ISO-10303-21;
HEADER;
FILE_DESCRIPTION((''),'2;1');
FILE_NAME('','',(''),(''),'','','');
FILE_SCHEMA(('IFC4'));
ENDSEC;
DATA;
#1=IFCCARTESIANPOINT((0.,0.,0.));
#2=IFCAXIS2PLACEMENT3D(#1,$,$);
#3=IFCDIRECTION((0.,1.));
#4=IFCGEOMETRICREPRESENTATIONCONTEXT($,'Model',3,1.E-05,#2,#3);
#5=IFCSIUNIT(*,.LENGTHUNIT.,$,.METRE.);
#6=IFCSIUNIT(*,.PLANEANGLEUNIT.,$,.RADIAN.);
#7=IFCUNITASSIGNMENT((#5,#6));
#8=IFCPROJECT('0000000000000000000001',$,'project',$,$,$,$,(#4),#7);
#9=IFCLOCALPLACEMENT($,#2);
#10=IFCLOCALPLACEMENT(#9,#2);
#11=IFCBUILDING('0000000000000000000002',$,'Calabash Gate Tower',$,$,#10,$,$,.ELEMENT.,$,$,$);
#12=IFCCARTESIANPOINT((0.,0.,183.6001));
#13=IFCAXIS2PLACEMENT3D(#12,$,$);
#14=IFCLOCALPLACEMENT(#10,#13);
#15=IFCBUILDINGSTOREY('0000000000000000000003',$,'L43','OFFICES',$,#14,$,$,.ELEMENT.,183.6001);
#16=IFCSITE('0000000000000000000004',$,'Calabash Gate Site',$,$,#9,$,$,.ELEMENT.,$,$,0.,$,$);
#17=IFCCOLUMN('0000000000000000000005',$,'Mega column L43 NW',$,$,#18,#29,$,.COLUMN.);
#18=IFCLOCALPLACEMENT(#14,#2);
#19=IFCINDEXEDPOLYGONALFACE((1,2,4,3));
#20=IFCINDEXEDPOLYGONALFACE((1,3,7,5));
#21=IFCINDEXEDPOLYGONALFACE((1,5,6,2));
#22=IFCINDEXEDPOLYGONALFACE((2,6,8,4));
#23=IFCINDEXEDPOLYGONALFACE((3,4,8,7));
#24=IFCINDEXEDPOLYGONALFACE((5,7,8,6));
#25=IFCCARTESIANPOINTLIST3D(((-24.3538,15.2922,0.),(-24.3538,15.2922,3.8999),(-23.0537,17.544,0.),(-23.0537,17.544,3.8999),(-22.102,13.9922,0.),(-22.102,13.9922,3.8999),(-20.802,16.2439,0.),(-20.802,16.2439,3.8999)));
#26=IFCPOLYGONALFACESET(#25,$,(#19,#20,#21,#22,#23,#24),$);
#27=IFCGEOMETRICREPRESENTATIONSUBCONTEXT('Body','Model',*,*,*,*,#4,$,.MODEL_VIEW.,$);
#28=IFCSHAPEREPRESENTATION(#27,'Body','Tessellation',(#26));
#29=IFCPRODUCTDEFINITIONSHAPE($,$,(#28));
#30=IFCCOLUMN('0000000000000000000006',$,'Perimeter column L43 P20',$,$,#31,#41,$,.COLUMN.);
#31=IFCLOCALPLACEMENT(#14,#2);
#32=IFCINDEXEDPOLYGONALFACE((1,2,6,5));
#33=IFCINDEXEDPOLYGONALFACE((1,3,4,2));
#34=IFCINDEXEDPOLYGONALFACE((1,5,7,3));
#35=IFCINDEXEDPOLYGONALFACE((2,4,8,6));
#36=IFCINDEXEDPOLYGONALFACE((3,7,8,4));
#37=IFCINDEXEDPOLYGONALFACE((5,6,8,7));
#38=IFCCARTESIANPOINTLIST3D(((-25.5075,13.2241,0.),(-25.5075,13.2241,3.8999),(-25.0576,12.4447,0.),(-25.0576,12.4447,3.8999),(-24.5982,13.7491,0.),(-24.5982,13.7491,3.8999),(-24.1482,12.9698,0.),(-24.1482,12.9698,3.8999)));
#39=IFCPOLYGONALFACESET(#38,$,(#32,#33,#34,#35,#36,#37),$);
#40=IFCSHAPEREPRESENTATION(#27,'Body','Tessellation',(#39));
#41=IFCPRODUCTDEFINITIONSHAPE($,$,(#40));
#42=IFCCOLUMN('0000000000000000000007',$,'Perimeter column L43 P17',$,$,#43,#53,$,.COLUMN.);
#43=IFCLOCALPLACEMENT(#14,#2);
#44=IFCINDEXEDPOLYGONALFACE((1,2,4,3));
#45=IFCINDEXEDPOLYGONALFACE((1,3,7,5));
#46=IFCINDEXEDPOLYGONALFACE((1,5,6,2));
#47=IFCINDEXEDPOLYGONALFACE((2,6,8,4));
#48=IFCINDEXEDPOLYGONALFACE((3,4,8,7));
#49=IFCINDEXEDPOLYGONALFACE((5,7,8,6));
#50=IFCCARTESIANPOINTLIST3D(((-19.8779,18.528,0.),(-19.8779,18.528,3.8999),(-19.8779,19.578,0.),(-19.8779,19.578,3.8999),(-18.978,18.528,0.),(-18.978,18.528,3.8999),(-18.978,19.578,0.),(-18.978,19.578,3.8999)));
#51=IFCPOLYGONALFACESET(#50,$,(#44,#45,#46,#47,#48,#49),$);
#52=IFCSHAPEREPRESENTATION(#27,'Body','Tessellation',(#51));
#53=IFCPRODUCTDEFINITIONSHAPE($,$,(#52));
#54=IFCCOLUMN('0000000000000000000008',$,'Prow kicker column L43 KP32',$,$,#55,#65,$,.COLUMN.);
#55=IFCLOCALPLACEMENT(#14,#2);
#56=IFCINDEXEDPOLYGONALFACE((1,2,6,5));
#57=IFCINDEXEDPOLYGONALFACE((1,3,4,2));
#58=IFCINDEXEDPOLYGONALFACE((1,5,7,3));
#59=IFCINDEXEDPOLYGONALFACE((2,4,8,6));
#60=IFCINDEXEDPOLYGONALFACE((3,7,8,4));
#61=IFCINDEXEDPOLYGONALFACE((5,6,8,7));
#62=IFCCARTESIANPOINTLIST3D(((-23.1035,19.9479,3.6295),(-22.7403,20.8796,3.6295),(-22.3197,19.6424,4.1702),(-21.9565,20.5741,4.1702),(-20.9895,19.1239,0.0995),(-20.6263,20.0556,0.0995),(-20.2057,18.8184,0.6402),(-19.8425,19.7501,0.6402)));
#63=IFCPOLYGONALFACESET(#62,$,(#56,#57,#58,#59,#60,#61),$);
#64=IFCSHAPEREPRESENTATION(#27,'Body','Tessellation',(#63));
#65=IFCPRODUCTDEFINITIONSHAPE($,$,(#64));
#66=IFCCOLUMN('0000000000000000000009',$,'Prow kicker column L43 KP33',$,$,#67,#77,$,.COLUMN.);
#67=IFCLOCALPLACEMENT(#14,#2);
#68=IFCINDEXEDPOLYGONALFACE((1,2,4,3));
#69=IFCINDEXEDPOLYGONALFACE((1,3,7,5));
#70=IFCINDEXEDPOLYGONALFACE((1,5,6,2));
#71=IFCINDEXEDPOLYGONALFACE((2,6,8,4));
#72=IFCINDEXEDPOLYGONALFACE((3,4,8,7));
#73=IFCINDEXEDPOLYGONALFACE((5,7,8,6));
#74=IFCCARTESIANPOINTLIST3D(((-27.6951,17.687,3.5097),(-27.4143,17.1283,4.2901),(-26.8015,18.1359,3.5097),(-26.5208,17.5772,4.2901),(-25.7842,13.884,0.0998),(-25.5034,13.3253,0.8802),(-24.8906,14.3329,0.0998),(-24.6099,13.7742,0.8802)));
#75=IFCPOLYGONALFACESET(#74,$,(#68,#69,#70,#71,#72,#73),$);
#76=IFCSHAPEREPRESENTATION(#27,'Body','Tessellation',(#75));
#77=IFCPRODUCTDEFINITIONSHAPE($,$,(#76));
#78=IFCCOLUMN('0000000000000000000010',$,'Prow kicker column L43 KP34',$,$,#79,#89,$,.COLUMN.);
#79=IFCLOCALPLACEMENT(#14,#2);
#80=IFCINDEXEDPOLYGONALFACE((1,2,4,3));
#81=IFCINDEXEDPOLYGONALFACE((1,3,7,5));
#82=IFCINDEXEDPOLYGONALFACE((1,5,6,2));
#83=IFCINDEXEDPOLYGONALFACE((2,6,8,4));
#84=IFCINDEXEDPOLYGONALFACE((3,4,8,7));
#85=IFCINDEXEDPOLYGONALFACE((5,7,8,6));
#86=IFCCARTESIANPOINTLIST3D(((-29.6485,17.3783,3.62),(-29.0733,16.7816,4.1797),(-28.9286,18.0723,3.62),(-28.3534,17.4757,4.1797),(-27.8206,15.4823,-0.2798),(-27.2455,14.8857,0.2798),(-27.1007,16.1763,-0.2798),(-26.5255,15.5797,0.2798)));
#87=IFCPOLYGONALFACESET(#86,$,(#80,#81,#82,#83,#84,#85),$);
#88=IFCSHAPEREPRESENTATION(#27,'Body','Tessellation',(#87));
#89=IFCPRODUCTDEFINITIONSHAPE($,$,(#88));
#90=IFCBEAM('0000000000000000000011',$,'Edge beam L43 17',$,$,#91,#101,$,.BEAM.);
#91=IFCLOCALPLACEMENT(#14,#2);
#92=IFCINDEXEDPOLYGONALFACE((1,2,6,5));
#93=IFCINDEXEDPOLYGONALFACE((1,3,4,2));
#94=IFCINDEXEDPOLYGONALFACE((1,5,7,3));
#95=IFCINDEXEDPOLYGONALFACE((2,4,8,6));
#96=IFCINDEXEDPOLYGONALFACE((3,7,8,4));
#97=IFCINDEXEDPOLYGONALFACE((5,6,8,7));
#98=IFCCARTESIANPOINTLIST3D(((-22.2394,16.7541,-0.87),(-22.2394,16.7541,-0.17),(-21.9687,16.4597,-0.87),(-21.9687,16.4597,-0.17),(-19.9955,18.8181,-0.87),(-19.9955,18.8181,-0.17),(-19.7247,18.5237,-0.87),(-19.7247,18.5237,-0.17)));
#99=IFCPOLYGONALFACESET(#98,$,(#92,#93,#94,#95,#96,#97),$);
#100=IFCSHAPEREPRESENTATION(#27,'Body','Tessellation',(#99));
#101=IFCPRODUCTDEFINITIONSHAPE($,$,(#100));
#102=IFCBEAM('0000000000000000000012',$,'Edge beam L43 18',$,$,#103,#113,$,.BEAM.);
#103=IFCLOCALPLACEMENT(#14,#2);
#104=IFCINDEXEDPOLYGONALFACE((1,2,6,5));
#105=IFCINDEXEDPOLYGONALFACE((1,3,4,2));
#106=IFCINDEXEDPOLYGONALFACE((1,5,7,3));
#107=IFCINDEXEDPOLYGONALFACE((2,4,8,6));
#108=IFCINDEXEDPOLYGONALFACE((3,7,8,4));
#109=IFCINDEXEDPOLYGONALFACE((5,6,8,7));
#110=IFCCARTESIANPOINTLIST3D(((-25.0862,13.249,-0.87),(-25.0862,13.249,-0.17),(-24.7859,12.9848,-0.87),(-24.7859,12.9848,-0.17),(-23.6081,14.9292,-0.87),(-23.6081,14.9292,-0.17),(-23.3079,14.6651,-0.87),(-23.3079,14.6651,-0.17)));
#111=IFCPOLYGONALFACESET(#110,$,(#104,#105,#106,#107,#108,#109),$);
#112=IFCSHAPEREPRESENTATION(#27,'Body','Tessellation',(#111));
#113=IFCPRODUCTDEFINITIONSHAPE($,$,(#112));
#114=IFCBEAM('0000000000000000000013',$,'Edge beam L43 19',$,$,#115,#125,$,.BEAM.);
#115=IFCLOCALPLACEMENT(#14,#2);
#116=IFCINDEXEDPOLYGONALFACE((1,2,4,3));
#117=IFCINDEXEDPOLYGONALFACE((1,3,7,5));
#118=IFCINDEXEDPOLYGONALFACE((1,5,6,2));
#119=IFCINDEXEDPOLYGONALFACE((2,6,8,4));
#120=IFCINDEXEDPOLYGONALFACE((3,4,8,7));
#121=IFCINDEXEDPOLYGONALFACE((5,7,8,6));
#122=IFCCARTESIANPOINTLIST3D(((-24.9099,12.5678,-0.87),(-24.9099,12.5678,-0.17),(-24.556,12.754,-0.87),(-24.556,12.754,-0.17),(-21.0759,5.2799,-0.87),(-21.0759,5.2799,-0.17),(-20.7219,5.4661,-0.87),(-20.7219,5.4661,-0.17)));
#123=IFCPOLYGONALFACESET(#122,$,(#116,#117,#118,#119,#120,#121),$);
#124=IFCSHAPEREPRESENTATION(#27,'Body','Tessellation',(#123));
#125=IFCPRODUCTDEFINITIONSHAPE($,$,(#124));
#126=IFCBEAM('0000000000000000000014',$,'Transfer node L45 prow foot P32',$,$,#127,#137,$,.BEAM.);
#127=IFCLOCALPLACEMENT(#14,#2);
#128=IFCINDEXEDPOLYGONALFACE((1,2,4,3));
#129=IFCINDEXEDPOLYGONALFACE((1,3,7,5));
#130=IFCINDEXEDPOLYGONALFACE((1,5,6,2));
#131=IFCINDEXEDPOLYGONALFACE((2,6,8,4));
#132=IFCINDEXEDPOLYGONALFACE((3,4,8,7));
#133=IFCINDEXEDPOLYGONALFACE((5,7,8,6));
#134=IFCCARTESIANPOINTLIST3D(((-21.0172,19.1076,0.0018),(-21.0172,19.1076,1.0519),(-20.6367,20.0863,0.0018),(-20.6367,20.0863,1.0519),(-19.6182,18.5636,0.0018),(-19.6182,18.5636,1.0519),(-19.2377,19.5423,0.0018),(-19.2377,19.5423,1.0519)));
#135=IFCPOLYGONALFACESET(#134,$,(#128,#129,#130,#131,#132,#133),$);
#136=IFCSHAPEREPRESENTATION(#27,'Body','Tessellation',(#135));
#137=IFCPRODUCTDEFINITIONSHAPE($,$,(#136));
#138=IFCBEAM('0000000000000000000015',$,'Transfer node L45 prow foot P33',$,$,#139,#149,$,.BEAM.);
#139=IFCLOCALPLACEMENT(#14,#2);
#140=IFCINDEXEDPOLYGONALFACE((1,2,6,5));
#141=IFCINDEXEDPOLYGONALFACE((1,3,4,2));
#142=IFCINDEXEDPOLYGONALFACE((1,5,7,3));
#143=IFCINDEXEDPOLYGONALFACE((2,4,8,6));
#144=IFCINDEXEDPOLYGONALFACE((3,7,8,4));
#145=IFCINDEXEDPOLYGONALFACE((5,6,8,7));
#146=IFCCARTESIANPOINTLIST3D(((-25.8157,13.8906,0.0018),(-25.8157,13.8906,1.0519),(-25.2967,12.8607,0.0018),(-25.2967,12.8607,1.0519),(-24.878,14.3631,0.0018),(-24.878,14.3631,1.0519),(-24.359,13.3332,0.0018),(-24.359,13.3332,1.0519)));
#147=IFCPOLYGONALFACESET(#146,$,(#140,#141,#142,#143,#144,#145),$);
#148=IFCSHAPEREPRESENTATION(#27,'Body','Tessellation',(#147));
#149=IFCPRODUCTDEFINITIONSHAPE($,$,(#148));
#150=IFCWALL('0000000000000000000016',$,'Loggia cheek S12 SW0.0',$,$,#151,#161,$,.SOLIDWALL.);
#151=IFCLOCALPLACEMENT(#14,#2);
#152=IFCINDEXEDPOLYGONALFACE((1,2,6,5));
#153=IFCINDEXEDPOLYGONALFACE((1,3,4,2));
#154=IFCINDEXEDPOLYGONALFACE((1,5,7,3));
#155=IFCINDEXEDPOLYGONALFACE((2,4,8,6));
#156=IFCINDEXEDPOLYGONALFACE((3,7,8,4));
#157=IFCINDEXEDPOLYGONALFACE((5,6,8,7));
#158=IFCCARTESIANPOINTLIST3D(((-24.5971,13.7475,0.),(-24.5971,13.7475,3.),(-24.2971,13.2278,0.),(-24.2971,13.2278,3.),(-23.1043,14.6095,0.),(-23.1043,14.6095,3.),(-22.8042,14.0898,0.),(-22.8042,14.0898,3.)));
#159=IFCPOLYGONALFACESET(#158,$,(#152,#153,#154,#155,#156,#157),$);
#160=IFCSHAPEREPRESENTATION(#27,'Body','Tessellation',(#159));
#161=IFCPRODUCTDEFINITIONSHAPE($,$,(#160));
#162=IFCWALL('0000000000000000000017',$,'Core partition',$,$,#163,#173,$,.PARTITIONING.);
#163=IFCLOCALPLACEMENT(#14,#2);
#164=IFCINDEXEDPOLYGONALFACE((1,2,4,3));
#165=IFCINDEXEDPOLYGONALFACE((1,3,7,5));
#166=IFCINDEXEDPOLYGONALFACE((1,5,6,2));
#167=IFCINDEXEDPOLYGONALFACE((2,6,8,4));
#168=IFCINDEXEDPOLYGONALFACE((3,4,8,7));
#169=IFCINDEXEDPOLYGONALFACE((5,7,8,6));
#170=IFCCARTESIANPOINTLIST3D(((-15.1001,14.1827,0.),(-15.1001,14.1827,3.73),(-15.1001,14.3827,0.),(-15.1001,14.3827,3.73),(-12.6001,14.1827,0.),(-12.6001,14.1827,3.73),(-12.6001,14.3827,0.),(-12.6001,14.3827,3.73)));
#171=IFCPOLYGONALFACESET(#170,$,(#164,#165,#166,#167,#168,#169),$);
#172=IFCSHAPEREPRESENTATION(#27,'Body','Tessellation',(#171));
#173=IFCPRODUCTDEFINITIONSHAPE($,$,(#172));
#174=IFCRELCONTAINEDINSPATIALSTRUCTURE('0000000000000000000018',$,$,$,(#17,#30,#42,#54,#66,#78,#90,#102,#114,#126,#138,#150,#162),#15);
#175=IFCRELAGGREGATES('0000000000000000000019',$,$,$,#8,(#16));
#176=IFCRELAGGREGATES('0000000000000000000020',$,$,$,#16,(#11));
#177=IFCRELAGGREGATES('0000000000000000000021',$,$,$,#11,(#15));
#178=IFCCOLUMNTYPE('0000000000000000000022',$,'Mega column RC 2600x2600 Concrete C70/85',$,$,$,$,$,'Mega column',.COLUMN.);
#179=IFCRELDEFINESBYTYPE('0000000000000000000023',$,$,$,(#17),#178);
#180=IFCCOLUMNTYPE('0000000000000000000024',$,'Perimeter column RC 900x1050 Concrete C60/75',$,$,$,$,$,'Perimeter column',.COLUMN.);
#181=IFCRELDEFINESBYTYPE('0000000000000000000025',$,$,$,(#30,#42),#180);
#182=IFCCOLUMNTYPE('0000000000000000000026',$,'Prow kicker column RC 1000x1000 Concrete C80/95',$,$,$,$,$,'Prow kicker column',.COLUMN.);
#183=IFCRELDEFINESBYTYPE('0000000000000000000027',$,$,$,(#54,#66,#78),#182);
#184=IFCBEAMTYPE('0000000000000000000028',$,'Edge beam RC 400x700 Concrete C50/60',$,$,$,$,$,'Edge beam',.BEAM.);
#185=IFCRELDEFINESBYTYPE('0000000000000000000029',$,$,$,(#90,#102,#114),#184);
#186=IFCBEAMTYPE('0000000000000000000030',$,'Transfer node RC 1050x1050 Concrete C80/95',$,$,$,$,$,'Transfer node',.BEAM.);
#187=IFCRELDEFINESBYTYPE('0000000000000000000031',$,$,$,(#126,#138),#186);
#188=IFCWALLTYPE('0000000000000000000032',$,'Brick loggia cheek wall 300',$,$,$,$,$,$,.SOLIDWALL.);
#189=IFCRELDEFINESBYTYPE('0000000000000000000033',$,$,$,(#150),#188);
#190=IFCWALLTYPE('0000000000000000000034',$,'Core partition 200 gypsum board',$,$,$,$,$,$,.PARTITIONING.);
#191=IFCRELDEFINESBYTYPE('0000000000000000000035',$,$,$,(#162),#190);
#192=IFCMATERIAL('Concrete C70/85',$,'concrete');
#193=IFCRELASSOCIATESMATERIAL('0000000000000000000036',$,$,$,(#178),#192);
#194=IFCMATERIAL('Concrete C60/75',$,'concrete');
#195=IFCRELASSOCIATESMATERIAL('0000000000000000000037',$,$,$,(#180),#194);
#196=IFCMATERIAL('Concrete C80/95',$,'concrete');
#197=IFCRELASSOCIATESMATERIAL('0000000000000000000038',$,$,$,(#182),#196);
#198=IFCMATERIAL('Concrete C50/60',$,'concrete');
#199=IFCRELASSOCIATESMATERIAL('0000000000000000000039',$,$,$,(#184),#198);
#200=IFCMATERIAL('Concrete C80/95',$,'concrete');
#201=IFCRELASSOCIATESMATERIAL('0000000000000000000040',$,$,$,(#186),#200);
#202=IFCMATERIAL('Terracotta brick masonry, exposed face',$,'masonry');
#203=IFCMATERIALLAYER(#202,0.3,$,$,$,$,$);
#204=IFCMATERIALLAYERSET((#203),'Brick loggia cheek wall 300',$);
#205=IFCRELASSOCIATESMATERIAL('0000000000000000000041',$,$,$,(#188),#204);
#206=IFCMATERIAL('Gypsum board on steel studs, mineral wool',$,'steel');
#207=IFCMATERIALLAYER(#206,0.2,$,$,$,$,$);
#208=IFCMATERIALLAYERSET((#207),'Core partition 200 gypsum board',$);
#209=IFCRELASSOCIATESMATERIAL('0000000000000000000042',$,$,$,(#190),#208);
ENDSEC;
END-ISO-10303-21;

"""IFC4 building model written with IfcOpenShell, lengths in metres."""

from ifc_helpers import new_model, si_unit, direction, frame, frame_2d, origin, origin_2d, place, context, subcontext, project, spatial, rectangle, extrude, material, layer, layer_set, material_profile, profile_set, type_object, element, save


model = new_model("IFC4")

# Units and contexts
model_context = context("Model", 3, precision=1e-05, world=origin(), true_north=direction((0.0, 1.0)))
body_context = subcontext(model_context, "Body", "Model", "MODEL_VIEW")
ifc_project = project(units=[si_unit("LENGTHUNIT", "METRE"), si_unit("PLANEANGLEUNIT", "RADIAN")], contexts=[model_context])

# Site, building, storey
site_placement = place(None, origin())
site = spatial("IfcSite", under=ifc_project, at=site_placement, Name="Calabash Gate Site", CompositionType="ELEMENT", RefElevation=0.0)
building_placement = place(site_placement, origin())
building = spatial("IfcBuilding", under=site, at=building_placement, Name="Calabash Gate Tower", CompositionType="ELEMENT")
storey_placement = place(building_placement, frame((0.0, 0.0, 183.6001)))
storey = spatial("IfcBuildingStorey", under=building, at=storey_placement, Name="L43", Description="OFFICES", CompositionType="ELEMENT", Elevation=183.6001)

# Columns
ifc_material_1 = material(Name="Concrete C70/85", Category="concrete")
ifc_material_profile_1 = material_profile(ifc_material_1, rectangle(XDim=2.6001, YDim=2.6001, at=origin_2d()))
ifc_profile_set_1 = profile_set([ifc_material_profile_1], Name="Concrete C70/85")
column_type_1 = type_object("IfcColumnType", Name="Mega column RC 2600x2600 Concrete C70/85", ElementType="Mega column", PredefinedType="COLUMN", material=ifc_profile_set_1)
column_1_placement = place(storey_placement, frame((-22.5779, 15.7681, 0.0), z_axis=(0.0, 0.0, 1.0), x_axis=(0.866025, -0.5, 0.0)))
element("IfcColumn", 1, at=column_1_placement, inside=storey, type_object=column_type_1, Name="Mega column L43 NW", PredefinedType="COLUMN", context=body_context, shape_type="SweptSolid", body=[
    extrude(rectangle(XDim=2.6001, YDim=2.6001, at=origin_2d()), origin(), (0.0, 0.0, 1.0), 3.8999),
])
ifc_material_2 = material(Name="Concrete C60/75", Category="concrete")
ifc_material_profile_2 = material_profile(ifc_material_2, rectangle(XDim=0.8999, YDim=1.05, at=origin_2d()))
ifc_profile_set_2 = profile_set([ifc_material_profile_2], Name="Concrete C60/75")
column_type_2 = type_object("IfcColumnType", Name="Perimeter column RC 900x1050 Concrete C60/75", ElementType="Perimeter column", PredefinedType="COLUMN", material=ifc_profile_set_2)
for number, where, z_axis, x_axis, name in (
    (2, (-24.8279, 13.0969, 0.0), (0.0, 0.0, 1.0), (0.5, -0.866025, 0.0), "Perimeter column L43 P20"),
    (3, (-19.428, 19.053, 0.0), (0.0, 0.0, 1.0), (-1.0, 0.0, 0.0), "Perimeter column L43 P17"),
):
    element("IfcColumn", number, at=place(storey_placement, frame(where, z_axis=z_axis, x_axis=x_axis)), inside=storey, type_object=column_type_2, Name=name, PredefinedType="COLUMN", context=body_context, shape_type="SweptSolid", body=[
        extrude(rectangle(XDim=0.8999, YDim=1.05, at=origin_2d()), origin(), (0.0, 0.0, 1.0), 3.8999),
    ])
ifc_material_3 = material(Name="Concrete C80/95", Category="concrete")
ifc_material_profile_3 = material_profile(ifc_material_3, rectangle(XDim=1.0, YDim=1.0, at=origin_2d()))
ifc_profile_set_3 = profile_set([ifc_material_profile_3], Name="Concrete C80/95")
column_type_3 = type_object("IfcColumnType", Name="Prow kicker column RC 1000x1000 Concrete C80/95", ElementType="Prow kicker column", PredefinedType="COLUMN", material=ifc_profile_set_3)
column_2_placement = place(storey_placement, frame((-20.416, 19.437, 0.3699), z_axis=(-0.503778, 0.196357, 0.84122), x_axis=(0.783788, -0.305496, 0.540692)))
element("IfcColumn", 4, at=column_2_placement, inside=storey, type_object=column_type_3, Name="Prow kicker column L43 KP32", PredefinedType="COLUMN", context=body_context, shape_type="SweptSolid", body=[
    extrude(rectangle(XDim=1.0, YDim=1.0, at=origin_2d()), origin(), (0.0, 0.0, 1.0), 4.1963),
])
column_3_placement = place(storey_placement, frame((-25.197, 13.8291, 0.49), z_axis=(-0.350391, 0.697335, 0.62526), x_axis=(0.280729, -0.558696, 0.780416)))
element("IfcColumn", 5, at=column_3_placement, inside=storey, type_object=column_type_3, Name="Prow kicker column L43 KP33", PredefinedType="COLUMN", context=body_context, shape_type="SweptSolid", body=[
    extrude(rectangle(XDim=1.0, YDim=1.0, at=origin_2d()), origin(), (0.0, 0.0, 1.0), 5.4536),
])
column_4_placement = place(storey_placement, frame((-27.1731, 15.531, 0.0), z_axis=(-0.388426, 0.4029, 0.828732), x_axis=(0.575187, -0.596621, 0.559646)))
element("IfcColumn", 6, at=column_4_placement, inside=storey, type_object=column_type_3, Name="Prow kicker column L43 KP34", PredefinedType="COLUMN", context=body_context, shape_type="SweptSolid", body=[
    extrude(rectangle(XDim=1.0, YDim=1.0, at=origin_2d()), origin(), (0.0, 0.0, 1.0), 4.7058),
])

# Beams
ifc_material_4 = material(Name="Concrete C50/60", Category="concrete")
ifc_material_profile_4 = material_profile(ifc_material_4, rectangle(XDim=0.3999, YDim=0.7, at=origin_2d()))
ifc_profile_set_4 = profile_set([ifc_material_profile_4], Name="Concrete C50/60")
beam_type_1 = type_object("IfcBeamType", Name="Edge beam RC 400x700 Concrete C50/60", ElementType="Edge beam", PredefinedType="BEAM", material=ifc_profile_set_4)
beam_1_placement = place(storey_placement, frame((-19.8601, 18.6709, -0.52), z_axis=(-0.736, -0.676982, 0.0), x_axis=(0.676982, -0.736, 0.0)))
element("IfcBeam", 7, at=beam_1_placement, inside=storey, type_object=beam_type_1, Name="Edge beam L43 17", PredefinedType="BEAM", context=body_context, shape_type="SweptSolid", body=[
    extrude(rectangle(XDim=0.3999, YDim=0.7, at=origin_2d()), origin(), (0.0, 0.0, 1.0), 3.0488),
])
beam_2_placement = place(storey_placement, frame((-23.458, 14.7971, -0.52), z_axis=(-0.660495, -0.75083, 0.0), x_axis=(0.75083, -0.660495, 0.0)))
element("IfcBeam", 8, at=beam_2_placement, inside=storey, type_object=beam_type_1, Name="Edge beam L43 18", PredefinedType="BEAM", context=body_context, shape_type="SweptSolid", body=[
    extrude(rectangle(XDim=0.3999, YDim=0.7, at=origin_2d()), origin(), (0.0, 0.0, 1.0), 2.2378),
])
beam_3_placement = place(storey_placement, frame((-24.7329, 12.6609, -0.52), z_axis=(0.465583, -0.885004, 0.0), x_axis=(0.885004, 0.465583, 0.0)))
element("IfcBeam", 9, at=beam_3_placement, inside=storey, type_object=beam_type_1, Name="Edge beam L43 19", PredefinedType="BEAM", context=body_context, shape_type="SweptSolid", body=[
    extrude(rectangle(XDim=0.3999, YDim=0.7, at=origin_2d()), origin(), (0.0, 0.0, 1.0), 8.2349),
])
ifc_material_5 = material(Name="Concrete C80/95", Category="concrete")
ifc_material_profile_5 = material_profile(ifc_material_5, rectangle(XDim=1.05, YDim=1.05, at=origin_2d()))
ifc_profile_set_5 = profile_set([ifc_material_profile_5], Name="Concrete C80/95")
beam_type_2 = type_object("IfcBeamType", Name="Transfer node RC 1050x1050 Concrete C80/95", ElementType="Transfer node", PredefinedType="BEAM", material=ifc_profile_set_5)
beam_4_placement = place(storey_placement, frame((-19.428, 19.053, 0.5269), z_axis=(-0.932023, 0.362399, 0.0), x_axis=(-0.362399, -0.932023, 0.0)))
element("IfcBeam", 10, at=beam_4_placement, inside=storey, type_object=beam_type_2, Name="Transfer node L45 prow foot P32", PredefinedType="BEAM", context=body_context, shape_type="SweptSolid", body=[
    extrude(rectangle(XDim=1.05, YDim=1.05, at=origin_2d()), origin(), (0.0, 0.0, 1.0), 1.501),
])
beam_5_placement = place(storey_placement, frame((-24.8279, 13.0969, 0.5269), z_axis=(-0.450005, 0.893026, 0.0), x_axis=(-0.893026, -0.450005, 0.0)))
element("IfcBeam", 11, at=beam_5_placement, inside=storey, type_object=beam_type_2, Name="Transfer node L45 prow foot P33", PredefinedType="BEAM", context=body_context, shape_type="SweptSolid", body=[
    extrude(rectangle(XDim=1.05, YDim=1.05, at=origin_2d()), origin(), (0.0, 0.0, 1.0), 1.1533),
])

# Walls
ifc_material_6 = material(Name="Terracotta brick masonry, exposed face", Category="masonry")
ifc_layer_1 = layer(ifc_material_6, 0.3)
ifc_layer_set_1 = layer_set([ifc_layer_1], Name="Brick loggia cheek wall 300")
wall_type_1 = type_object("IfcWallType", Name="Brick loggia cheek wall 300", PredefinedType="SOLIDWALL", material=ifc_layer_set_1)
wall_1_placement = place(storey_placement, frame((-22.9543, 14.3496, 0.0), z_axis=(0.0, 0.0, 1.0), x_axis=(-0.865995, -0.500053, 0.0)))
element("IfcWall", 12, at=wall_1_placement, inside=storey, type_object=wall_type_1, Name="Loggia cheek S12 SW0.0", PredefinedType="SOLIDWALL", context=body_context, shape_type="SweptSolid", body=[
    extrude(rectangle(XDim=1.7239, YDim=0.6001, at=frame_2d((0.8618, 0.0))), origin(), (0.0, 0.0, 1.0), 3.0),
])
ifc_material_7 = material(Name="Gypsum board on steel studs, mineral wool", Category="steel")
ifc_layer_2 = layer(ifc_material_7, 0.2)
ifc_layer_set_2 = layer_set([ifc_layer_2], Name="Core partition 200 gypsum board")
wall_type_2 = type_object("IfcWallType", Name="Core partition 200 gypsum board", PredefinedType="PARTITIONING", material=ifc_layer_set_2)
wall_2_placement = place(storey_placement, frame((-15.1001, 14.2827, 0.0), z_axis=(0.0, 0.0, 1.0), x_axis=(1.0, 0.0, 0.0)))
element("IfcWall", 13, at=wall_2_placement, inside=storey, type_object=wall_type_2, Name="Core partition", PredefinedType="PARTITIONING", context=body_context, shape_type="SweptSolid", body=[
    extrude(rectangle(XDim=2.5, YDim=0.2, at=frame_2d((1.25, 0.0))), origin(), (0.0, 0.0, 1.0), 3.73),
])

save(model, "model.ifc")
